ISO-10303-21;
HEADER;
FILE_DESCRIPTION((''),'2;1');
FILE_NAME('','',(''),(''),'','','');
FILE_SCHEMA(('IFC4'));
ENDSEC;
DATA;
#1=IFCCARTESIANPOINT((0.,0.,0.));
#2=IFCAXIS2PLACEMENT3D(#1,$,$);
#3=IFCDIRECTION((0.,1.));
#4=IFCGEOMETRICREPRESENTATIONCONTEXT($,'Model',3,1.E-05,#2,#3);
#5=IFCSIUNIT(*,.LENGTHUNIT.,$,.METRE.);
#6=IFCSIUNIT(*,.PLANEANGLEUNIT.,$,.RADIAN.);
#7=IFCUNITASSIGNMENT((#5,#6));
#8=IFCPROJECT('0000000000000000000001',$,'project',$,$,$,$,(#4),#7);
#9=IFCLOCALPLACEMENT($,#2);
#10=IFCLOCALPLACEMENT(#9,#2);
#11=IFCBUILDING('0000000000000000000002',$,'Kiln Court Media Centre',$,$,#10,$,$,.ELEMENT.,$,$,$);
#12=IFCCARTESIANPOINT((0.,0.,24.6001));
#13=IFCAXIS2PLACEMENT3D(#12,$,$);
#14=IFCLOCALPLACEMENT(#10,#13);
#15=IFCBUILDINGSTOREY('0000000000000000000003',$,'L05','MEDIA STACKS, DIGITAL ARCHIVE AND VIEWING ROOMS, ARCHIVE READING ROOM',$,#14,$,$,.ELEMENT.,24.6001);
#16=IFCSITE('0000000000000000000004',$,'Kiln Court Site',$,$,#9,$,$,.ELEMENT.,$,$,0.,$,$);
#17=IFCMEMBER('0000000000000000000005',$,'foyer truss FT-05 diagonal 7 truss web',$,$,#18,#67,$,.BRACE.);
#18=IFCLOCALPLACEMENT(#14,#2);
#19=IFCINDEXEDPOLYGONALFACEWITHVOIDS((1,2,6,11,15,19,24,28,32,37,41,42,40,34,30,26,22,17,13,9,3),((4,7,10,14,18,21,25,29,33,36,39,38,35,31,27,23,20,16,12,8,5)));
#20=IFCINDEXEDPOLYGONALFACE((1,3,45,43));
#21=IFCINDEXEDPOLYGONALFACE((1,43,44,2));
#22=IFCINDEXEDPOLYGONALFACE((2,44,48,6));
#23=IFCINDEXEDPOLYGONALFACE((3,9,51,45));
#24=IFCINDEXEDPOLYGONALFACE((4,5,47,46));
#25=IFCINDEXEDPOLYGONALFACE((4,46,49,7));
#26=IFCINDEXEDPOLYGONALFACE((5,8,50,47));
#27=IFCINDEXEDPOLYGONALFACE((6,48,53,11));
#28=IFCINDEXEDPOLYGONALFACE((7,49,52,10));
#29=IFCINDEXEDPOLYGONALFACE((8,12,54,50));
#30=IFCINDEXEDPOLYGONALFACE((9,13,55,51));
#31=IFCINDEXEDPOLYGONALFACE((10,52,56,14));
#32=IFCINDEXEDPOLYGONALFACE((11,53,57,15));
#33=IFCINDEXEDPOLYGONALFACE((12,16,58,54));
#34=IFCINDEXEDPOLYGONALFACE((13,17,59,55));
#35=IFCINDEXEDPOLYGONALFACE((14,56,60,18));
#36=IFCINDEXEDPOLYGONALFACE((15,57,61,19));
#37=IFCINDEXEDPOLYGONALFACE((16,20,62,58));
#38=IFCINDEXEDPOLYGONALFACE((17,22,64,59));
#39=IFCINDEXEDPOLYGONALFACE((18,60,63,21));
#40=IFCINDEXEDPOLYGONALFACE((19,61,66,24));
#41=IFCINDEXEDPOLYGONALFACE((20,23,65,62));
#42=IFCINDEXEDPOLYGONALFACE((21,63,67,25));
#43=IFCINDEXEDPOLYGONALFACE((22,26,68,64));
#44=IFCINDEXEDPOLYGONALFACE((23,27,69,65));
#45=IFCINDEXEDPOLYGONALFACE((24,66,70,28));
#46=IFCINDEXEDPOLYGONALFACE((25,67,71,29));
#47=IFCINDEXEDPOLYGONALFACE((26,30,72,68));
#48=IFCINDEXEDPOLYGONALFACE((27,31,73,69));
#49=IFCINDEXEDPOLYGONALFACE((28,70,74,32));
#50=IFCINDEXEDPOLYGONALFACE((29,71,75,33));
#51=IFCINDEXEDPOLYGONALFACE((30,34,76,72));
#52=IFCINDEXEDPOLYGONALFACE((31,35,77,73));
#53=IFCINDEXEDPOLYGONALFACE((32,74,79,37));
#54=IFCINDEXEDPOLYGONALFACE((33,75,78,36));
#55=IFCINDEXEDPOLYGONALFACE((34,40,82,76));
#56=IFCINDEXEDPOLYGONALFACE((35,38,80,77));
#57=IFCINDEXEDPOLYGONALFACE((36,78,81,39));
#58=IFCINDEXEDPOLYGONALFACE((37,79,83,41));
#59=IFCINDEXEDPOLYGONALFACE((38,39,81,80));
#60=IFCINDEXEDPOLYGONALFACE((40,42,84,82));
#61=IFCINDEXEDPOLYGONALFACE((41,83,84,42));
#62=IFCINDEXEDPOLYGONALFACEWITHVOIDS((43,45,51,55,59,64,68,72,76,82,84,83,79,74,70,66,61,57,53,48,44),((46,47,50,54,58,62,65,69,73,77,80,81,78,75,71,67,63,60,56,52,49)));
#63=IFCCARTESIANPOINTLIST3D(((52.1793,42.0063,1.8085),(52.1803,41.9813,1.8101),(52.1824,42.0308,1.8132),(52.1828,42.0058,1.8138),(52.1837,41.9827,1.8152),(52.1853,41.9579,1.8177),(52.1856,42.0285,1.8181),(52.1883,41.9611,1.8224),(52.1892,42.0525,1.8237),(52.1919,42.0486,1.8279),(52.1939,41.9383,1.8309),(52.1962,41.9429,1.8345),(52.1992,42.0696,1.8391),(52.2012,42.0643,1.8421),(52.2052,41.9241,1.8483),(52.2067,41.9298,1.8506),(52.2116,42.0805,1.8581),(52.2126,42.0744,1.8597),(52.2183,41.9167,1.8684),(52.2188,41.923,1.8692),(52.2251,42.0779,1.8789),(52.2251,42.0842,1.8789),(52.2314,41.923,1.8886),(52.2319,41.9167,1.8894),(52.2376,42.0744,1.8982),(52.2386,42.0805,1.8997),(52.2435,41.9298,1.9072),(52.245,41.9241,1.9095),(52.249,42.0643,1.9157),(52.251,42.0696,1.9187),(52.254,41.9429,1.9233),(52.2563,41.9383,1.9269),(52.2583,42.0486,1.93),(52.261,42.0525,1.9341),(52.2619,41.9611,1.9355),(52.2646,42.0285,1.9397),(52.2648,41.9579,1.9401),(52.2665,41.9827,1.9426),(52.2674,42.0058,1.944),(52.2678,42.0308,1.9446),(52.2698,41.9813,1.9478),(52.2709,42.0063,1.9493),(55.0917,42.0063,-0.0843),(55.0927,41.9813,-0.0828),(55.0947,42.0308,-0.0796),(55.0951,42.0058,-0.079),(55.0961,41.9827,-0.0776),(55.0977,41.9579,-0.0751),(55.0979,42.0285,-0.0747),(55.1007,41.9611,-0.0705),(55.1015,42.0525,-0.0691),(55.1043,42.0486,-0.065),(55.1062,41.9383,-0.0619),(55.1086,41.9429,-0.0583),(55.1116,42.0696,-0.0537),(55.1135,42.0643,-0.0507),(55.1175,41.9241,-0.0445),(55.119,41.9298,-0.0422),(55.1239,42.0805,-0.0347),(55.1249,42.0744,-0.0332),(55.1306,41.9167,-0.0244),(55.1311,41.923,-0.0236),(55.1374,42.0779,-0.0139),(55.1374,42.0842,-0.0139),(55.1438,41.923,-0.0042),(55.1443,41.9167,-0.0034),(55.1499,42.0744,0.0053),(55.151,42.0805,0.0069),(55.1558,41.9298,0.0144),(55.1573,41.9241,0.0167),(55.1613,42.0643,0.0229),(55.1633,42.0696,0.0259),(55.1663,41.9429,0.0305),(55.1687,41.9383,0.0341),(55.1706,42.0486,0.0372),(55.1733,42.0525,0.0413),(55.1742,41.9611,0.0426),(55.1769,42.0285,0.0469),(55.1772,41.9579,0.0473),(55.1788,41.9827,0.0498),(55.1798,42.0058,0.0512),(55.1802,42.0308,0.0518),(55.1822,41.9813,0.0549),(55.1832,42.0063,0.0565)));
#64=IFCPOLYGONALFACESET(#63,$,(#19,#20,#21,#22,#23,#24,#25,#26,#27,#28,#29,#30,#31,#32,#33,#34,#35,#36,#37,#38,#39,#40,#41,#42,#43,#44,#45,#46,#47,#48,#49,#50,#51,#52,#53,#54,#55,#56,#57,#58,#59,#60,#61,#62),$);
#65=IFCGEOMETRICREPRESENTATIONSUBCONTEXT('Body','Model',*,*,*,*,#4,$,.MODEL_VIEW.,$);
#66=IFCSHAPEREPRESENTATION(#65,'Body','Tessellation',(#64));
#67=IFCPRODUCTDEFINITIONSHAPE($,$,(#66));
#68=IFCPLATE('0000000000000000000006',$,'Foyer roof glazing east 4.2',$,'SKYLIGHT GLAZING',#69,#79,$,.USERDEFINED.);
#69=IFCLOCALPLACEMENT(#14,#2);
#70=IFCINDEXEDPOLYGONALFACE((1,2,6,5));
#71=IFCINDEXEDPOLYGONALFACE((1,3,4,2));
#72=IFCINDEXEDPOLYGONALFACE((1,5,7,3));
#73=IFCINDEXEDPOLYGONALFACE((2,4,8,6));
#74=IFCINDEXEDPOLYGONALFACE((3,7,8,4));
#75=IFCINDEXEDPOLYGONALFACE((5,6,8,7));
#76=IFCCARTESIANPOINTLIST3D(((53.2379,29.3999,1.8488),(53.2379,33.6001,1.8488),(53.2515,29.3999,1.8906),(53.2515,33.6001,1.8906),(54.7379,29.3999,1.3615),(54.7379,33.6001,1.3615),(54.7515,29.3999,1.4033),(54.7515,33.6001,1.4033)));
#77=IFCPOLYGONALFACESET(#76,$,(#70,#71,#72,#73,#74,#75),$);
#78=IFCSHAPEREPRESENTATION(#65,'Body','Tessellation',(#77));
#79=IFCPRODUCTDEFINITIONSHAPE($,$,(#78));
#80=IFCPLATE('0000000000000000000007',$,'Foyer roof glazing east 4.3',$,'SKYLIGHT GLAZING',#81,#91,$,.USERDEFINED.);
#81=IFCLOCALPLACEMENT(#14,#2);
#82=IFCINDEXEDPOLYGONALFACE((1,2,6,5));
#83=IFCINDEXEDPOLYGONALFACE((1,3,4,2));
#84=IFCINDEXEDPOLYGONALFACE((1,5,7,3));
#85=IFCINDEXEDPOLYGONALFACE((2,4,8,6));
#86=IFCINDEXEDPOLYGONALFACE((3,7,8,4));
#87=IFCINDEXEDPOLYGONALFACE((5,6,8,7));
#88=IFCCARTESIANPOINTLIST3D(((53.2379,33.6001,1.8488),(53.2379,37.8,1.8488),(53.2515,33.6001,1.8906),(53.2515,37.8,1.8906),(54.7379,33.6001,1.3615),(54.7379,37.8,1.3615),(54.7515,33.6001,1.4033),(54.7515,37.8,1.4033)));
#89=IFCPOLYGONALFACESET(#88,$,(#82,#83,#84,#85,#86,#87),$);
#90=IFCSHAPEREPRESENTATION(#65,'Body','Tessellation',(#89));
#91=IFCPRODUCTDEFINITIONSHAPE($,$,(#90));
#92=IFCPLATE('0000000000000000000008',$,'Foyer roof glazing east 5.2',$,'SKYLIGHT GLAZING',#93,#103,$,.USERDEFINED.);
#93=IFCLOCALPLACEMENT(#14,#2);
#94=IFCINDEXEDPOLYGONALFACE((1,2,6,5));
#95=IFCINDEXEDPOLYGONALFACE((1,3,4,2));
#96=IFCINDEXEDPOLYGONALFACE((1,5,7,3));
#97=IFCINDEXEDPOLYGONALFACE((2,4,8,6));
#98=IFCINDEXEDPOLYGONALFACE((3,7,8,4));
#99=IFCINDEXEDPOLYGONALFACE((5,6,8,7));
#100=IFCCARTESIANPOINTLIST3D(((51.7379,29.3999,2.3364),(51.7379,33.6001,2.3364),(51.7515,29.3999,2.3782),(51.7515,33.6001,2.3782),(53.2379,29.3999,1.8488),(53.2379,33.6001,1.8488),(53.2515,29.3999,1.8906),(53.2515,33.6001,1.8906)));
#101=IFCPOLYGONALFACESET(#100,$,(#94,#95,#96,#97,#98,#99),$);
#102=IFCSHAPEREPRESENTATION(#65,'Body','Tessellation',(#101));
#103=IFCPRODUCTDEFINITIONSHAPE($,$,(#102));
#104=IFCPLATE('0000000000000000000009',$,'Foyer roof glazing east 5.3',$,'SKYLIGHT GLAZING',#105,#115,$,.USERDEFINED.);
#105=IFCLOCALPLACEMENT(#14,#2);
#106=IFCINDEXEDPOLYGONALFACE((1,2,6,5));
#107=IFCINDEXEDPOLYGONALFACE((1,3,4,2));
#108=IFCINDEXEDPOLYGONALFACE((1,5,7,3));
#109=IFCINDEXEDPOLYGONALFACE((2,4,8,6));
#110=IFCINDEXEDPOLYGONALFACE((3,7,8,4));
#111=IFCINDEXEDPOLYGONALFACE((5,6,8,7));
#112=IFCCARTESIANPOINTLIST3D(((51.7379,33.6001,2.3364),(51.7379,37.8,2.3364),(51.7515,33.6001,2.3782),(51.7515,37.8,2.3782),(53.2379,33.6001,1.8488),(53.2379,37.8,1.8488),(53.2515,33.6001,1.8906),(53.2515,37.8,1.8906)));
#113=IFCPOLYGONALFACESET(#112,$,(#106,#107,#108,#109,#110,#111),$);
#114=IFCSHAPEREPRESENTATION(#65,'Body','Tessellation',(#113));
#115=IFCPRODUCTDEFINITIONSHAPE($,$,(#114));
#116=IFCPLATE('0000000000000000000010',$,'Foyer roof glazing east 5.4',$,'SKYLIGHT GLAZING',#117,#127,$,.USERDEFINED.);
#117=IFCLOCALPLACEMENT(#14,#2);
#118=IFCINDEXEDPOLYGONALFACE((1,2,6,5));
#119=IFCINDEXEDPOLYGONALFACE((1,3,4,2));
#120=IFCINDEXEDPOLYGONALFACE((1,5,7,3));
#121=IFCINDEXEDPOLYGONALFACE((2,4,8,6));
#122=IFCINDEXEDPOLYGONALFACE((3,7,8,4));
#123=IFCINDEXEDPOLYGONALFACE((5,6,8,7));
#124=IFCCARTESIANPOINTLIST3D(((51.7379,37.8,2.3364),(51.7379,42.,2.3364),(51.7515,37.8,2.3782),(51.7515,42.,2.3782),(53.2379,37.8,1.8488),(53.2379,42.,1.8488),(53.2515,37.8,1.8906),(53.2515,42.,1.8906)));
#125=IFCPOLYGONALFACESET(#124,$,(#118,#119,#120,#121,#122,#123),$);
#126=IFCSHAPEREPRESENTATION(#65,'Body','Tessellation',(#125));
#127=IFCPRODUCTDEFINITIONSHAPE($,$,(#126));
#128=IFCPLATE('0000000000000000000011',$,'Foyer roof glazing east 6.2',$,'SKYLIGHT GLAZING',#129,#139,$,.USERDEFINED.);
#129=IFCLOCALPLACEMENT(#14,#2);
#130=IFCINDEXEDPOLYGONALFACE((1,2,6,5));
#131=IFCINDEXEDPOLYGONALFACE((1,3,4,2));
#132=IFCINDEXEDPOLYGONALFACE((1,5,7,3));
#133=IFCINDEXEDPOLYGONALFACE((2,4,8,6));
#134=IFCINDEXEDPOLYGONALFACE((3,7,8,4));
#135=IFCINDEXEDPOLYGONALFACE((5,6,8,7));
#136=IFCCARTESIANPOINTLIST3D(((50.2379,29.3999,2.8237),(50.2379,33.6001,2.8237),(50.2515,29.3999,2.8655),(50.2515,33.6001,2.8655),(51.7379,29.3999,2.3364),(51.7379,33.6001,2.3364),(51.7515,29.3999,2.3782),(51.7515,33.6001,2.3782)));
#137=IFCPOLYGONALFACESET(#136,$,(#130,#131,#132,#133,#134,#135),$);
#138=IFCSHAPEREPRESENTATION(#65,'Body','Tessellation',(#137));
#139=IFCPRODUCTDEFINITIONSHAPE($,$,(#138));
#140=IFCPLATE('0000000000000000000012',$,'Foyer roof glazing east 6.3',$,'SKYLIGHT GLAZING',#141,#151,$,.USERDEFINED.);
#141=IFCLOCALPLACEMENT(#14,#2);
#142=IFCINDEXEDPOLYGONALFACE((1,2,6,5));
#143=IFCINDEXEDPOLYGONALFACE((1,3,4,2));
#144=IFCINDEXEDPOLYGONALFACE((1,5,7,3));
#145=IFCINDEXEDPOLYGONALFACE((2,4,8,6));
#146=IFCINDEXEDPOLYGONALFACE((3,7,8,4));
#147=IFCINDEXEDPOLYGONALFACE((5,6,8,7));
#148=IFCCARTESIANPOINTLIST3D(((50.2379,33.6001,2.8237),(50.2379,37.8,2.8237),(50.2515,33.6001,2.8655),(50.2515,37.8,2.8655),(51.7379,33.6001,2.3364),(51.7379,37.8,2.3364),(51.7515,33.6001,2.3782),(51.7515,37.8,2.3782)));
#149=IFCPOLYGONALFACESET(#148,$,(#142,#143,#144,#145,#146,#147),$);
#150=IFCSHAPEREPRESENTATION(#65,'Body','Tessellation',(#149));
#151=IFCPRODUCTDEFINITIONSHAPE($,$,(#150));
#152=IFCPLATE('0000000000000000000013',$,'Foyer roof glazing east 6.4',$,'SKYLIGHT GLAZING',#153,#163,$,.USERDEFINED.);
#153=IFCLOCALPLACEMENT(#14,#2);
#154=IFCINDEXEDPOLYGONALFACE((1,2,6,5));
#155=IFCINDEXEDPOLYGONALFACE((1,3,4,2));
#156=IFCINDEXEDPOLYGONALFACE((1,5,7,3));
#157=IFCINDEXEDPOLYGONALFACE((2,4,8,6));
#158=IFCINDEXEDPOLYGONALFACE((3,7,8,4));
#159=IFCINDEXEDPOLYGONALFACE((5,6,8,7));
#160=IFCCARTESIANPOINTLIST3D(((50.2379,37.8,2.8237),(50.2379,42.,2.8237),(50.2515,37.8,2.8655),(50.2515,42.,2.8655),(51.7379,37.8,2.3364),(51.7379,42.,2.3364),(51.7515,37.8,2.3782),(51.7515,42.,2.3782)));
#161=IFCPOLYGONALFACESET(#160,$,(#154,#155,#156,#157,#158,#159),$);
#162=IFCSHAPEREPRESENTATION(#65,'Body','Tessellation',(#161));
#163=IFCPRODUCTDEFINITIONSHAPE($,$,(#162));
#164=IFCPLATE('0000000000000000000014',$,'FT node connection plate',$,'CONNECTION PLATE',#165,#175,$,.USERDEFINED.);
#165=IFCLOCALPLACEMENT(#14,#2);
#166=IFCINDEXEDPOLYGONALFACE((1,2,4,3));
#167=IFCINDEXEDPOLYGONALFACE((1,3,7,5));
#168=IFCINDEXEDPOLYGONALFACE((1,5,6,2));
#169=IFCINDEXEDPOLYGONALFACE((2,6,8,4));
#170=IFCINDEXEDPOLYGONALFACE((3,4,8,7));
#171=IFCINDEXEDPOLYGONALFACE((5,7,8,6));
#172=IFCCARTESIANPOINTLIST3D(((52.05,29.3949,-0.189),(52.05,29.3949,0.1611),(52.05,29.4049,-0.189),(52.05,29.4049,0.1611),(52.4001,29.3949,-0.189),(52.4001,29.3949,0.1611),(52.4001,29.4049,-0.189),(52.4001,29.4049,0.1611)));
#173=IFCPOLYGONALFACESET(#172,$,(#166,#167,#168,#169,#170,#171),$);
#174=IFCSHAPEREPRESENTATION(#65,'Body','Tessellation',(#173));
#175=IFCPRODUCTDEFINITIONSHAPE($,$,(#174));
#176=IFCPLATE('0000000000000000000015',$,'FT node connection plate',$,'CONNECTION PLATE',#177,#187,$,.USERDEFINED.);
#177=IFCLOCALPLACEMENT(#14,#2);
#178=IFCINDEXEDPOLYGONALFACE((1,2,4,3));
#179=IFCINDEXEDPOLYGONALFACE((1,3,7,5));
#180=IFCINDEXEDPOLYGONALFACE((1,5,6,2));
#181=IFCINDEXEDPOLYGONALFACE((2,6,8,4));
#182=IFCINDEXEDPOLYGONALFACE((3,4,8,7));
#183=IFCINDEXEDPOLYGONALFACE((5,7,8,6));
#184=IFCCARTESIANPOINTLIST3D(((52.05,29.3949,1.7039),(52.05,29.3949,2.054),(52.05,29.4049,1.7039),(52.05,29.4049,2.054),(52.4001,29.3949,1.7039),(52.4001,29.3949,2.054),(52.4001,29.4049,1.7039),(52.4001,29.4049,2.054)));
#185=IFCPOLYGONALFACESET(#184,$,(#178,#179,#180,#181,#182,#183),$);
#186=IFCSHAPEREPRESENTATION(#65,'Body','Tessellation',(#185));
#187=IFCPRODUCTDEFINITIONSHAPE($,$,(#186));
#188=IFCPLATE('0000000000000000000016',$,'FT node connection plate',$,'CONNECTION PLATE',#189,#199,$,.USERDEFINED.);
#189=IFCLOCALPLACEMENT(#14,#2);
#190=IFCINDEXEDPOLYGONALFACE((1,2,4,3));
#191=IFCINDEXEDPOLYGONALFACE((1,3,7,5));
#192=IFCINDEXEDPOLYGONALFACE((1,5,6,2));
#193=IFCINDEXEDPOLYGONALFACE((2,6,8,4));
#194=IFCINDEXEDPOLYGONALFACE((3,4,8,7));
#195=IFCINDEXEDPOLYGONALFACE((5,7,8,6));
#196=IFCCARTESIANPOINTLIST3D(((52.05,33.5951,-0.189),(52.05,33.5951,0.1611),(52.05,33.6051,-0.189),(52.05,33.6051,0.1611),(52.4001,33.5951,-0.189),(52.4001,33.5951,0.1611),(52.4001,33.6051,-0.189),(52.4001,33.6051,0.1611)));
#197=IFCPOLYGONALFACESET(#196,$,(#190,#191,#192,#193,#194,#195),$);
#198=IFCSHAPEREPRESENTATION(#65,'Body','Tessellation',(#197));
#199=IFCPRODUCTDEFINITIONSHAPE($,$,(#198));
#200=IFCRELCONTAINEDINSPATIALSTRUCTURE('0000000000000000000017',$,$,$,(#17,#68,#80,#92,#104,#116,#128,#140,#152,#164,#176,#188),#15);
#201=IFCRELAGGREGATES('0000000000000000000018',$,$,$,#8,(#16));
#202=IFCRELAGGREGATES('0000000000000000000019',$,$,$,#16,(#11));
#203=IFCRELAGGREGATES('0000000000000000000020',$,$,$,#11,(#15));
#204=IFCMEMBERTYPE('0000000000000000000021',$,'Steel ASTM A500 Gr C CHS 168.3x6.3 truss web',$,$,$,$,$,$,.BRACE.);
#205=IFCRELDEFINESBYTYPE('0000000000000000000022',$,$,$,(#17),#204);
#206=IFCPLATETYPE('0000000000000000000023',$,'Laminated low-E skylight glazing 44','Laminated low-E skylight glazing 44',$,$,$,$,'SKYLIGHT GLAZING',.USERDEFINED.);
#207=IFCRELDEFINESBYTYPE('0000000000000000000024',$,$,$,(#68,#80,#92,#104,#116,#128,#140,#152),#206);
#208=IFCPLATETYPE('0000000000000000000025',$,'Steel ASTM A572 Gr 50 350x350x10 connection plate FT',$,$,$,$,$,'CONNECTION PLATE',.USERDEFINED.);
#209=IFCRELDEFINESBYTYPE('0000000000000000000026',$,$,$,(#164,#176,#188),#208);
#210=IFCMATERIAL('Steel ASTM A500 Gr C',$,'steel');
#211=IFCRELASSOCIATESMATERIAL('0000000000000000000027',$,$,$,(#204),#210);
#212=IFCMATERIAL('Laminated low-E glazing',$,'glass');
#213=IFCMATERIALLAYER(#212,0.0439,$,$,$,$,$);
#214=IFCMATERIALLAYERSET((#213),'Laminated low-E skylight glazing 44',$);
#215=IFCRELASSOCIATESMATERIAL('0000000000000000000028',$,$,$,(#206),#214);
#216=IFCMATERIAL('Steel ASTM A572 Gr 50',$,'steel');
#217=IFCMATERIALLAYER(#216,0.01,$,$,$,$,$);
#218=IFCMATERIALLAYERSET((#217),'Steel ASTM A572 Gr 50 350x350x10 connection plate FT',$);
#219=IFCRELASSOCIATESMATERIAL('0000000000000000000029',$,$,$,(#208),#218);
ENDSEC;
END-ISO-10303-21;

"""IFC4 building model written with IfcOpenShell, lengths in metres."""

from ifc_helpers import new_model, si_unit, direction, frame, origin, origin_2d, place, context, subcontext, project, spatial, polyline, rectangle, hollow_circle, outline, extrude, material, layer, layer_set, material_profile, profile_set, type_object, element, save


model = new_model("IFC4")

# Units and contexts
model_context = context("Model", 3, precision=1e-05, world=origin(), true_north=direction((0.0, 1.0)))
body_context = subcontext(model_context, "Body", "Model", "MODEL_VIEW")
ifc_project = project(units=[si_unit("LENGTHUNIT", "METRE"), si_unit("PLANEANGLEUNIT", "RADIAN")], contexts=[model_context])

# Site, building, storey
site_placement = place(None, origin())
site = spatial("IfcSite", under=ifc_project, at=site_placement, Name="Kiln Court Site", CompositionType="ELEMENT", RefElevation=0.0)
building_placement = place(site_placement, origin())
building = spatial("IfcBuilding", under=site, at=building_placement, Name="Kiln Court Media Centre", CompositionType="ELEMENT")
storey_placement = place(building_placement, frame((0.0, 0.0, 24.6001)))
storey = spatial("IfcBuildingStorey", under=building, at=storey_placement, Name="L05", Description="MEDIA STACKS, DIGITAL ARCHIVE AND VIEWING ROOMS, ARCHIVE READING ROOM", CompositionType="ELEMENT", Elevation=24.6001)

# Member
ifc_material_1 = material(Name="Steel ASTM A500 Gr C", Category="steel")
ifc_material_profile_1 = material_profile(ifc_material_1, hollow_circle(Radius=0.0842, WallThickness=0.0063, at=origin_2d()), Name="CHS 168.3x6.3")
ifc_profile_set_1 = profile_set([ifc_material_profile_1], Name="Steel ASTM A500 Gr C")
member_type_1 = type_object("IfcMemberType", Name="Steel ASTM A500 Gr C CHS 168.3x6.3 truss web", PredefinedType="BRACE", material=ifc_profile_set_1)
for number, where, z_axis, x_axis, name in (
    (1, (52.2251, 42.0, 1.8789), (0.838471, 0.0, -0.544946), (0.0, 1.0, 0.0), "foyer truss FT-05 diagonal 7 truss web"),
):
    element("IfcMember", number, at=place(storey_placement, frame(where, z_axis=z_axis, x_axis=x_axis)), inside=storey, type_object=member_type_1, Name=name, PredefinedType="BRACE", context=body_context, shape_type="SweptSolid", body=[
        extrude(hollow_circle(Radius=0.0842, WallThickness=0.0063, at=origin_2d()), origin(), (0.0, 0.0, 1.0), 3.4734),
    ])

# Plates
ifc_material_2 = material(Name="Laminated low-E glazing", Category="glass")
ifc_layer_1 = layer(ifc_material_2, 0.0439)
ifc_layer_set_1 = layer_set([ifc_layer_1], Name="Laminated low-E skylight glazing 44")
plate_type_1 = type_object("IfcPlateType", Name="Laminated low-E skylight glazing 44", Description="Laminated low-E skylight glazing 44", ElementType="SKYLIGHT GLAZING", PredefinedType="USERDEFINED", material=ifc_layer_set_1)
plate_1_placement = place(storey_placement, frame((54.7515, 33.6001, 1.4033), z_axis=(0.308974, 0.0, 0.95107), x_axis=(-0.95107, 0.0, 0.308974)))
element("IfcPlate", 2, at=plate_1_placement, inside=storey, type_object=plate_type_1, Name="Foyer roof glazing east 4.2", ObjectType="SKYLIGHT GLAZING", PredefinedType="USERDEFINED", context=body_context, shape_type="SweptSolid", body=[
    extrude(outline(polyline([(0.0, 0.0), (1.5772, 0.0), (1.5772, 4.2002), (0.0, 4.2002), (0.0, 0.0)])), origin(), (0.0, 0.0, -1.0), 0.0439),
])
plate_2_placement = place(storey_placement, frame((54.7515, 37.8, 1.4033), z_axis=(0.308974, 0.0, 0.95107), x_axis=(-0.95107, 0.0, 0.308974)))
element("IfcPlate", 3, at=plate_2_placement, inside=storey, type_object=plate_type_1, Name="Foyer roof glazing east 4.3", ObjectType="SKYLIGHT GLAZING", PredefinedType="USERDEFINED", context=body_context, shape_type="SweptSolid", body=[
    extrude(outline(polyline([(0.0, 0.0), (1.5772, 0.0), (1.5772, 4.2), (0.0, 4.2), (0.0, 0.0)])), origin(), (0.0, 0.0, -1.0), 0.0439),
])
plate_3_placement = place(storey_placement, frame((53.2515, 33.6001, 1.8906), z_axis=(0.309114, 0.0, 0.951025), x_axis=(-0.951025, 0.0, 0.309114)))
element("IfcPlate", 4, at=plate_3_placement, inside=storey, type_object=plate_type_1, Name="Foyer roof glazing east 5.2", ObjectType="SKYLIGHT GLAZING", PredefinedType="USERDEFINED", context=body_context, shape_type="SweptSolid", body=[
    extrude(outline(polyline([(0.0, 0.0), (1.5772, 0.0), (1.5772, 4.2002), (0.0, 4.2002), (0.0, 0.0)])), origin(), (0.0, 0.0, -1.0), 0.0439),
])
for number, where, z_axis, x_axis, name in (
    (5, (53.2515, 37.8, 1.8906), (0.309114, 0.0, 0.951025), (-0.951025, 0.0, 0.309114), "Foyer roof glazing east 5.3"),
    (6, (53.2515, 42.0, 1.8906), (0.309114, 0.0, 0.951025), (-0.951025, 0.0, 0.309114), "Foyer roof glazing east 5.4"),
):
    element("IfcPlate", number, at=place(storey_placement, frame(where, z_axis=z_axis, x_axis=x_axis)), inside=storey, type_object=plate_type_1, Name=name, ObjectType="SKYLIGHT GLAZING", PredefinedType="USERDEFINED", context=body_context, shape_type="SweptSolid", body=[
        extrude(outline(polyline([(0.0, 0.0), (1.5772, 0.0), (1.5772, 4.2), (0.0, 4.2), (0.0, 0.0)])), origin(), (0.0, 0.0, -1.0), 0.0439),
    ])
plate_4_placement = place(storey_placement, frame((51.7515, 33.6001, 2.3782), z_axis=(0.308974, 0.0, 0.95107), x_axis=(-0.95107, 0.0, 0.308974)))
element("IfcPlate", 7, at=plate_4_placement, inside=storey, type_object=plate_type_1, Name="Foyer roof glazing east 6.2", ObjectType="SKYLIGHT GLAZING", PredefinedType="USERDEFINED", context=body_context, shape_type="SweptSolid", body=[
    extrude(outline(polyline([(0.0, 0.0), (1.5772, 0.0), (1.5772, 4.2002), (0.0, 4.2002), (0.0, 0.0)])), origin(), (0.0, 0.0, -1.0), 0.0439),
])
for number, where, z_axis, x_axis, name in (
    (8, (51.7515, 37.8, 2.3782), (0.308974, 0.0, 0.95107), (-0.95107, 0.0, 0.308974), "Foyer roof glazing east 6.3"),
    (9, (51.7515, 42.0, 2.3782), (0.308974, 0.0, 0.95107), (-0.95107, 0.0, 0.308974), "Foyer roof glazing east 6.4"),
):
    element("IfcPlate", number, at=place(storey_placement, frame(where, z_axis=z_axis, x_axis=x_axis)), inside=storey, type_object=plate_type_1, Name=name, ObjectType="SKYLIGHT GLAZING", PredefinedType="USERDEFINED", context=body_context, shape_type="SweptSolid", body=[
        extrude(outline(polyline([(0.0, 0.0), (1.5772, 0.0), (1.5772, 4.2), (0.0, 4.2), (0.0, 0.0)])), origin(), (0.0, 0.0, -1.0), 0.0439),
    ])
ifc_material_3 = material(Name="Steel ASTM A572 Gr 50", Category="steel")
ifc_layer_2 = layer(ifc_material_3, 0.01)
ifc_layer_set_2 = layer_set([ifc_layer_2], Name="Steel ASTM A572 Gr 50 350x350x10 connection plate FT")
plate_type_2 = type_object("IfcPlateType", Name="Steel ASTM A572 Gr 50 350x350x10 connection plate FT", ElementType="CONNECTION PLATE", PredefinedType="USERDEFINED", material=ifc_layer_set_2)
for number, where, z_axis, x_axis, name in (
    (10, (52.2251, 29.3999, -0.189), (0.0, 0.0, 1.0), (1.0, 0.0, 0.0), "FT node connection plate"),
    (11, (52.2251, 29.3999, 1.7039), (0.0, 0.0, 1.0), (1.0, 0.0, 0.0), "FT node connection plate"),
    (12, (52.2251, 33.6001, -0.189), (0.0, 0.0, 1.0), (1.0, 0.0, 0.0), "FT node connection plate"),
):
    element("IfcPlate", number, at=place(storey_placement, frame(where, z_axis=z_axis, x_axis=x_axis)), inside=storey, type_object=plate_type_2, Name=name, ObjectType="CONNECTION PLATE", PredefinedType="USERDEFINED", context=body_context, shape_type="SweptSolid", body=[
        extrude(rectangle(XDim=0.3501, YDim=0.01, at=origin_2d()), origin(), (0.0, 0.0, 1.0), 0.3501),
    ])

save(model, "model.ifc")
